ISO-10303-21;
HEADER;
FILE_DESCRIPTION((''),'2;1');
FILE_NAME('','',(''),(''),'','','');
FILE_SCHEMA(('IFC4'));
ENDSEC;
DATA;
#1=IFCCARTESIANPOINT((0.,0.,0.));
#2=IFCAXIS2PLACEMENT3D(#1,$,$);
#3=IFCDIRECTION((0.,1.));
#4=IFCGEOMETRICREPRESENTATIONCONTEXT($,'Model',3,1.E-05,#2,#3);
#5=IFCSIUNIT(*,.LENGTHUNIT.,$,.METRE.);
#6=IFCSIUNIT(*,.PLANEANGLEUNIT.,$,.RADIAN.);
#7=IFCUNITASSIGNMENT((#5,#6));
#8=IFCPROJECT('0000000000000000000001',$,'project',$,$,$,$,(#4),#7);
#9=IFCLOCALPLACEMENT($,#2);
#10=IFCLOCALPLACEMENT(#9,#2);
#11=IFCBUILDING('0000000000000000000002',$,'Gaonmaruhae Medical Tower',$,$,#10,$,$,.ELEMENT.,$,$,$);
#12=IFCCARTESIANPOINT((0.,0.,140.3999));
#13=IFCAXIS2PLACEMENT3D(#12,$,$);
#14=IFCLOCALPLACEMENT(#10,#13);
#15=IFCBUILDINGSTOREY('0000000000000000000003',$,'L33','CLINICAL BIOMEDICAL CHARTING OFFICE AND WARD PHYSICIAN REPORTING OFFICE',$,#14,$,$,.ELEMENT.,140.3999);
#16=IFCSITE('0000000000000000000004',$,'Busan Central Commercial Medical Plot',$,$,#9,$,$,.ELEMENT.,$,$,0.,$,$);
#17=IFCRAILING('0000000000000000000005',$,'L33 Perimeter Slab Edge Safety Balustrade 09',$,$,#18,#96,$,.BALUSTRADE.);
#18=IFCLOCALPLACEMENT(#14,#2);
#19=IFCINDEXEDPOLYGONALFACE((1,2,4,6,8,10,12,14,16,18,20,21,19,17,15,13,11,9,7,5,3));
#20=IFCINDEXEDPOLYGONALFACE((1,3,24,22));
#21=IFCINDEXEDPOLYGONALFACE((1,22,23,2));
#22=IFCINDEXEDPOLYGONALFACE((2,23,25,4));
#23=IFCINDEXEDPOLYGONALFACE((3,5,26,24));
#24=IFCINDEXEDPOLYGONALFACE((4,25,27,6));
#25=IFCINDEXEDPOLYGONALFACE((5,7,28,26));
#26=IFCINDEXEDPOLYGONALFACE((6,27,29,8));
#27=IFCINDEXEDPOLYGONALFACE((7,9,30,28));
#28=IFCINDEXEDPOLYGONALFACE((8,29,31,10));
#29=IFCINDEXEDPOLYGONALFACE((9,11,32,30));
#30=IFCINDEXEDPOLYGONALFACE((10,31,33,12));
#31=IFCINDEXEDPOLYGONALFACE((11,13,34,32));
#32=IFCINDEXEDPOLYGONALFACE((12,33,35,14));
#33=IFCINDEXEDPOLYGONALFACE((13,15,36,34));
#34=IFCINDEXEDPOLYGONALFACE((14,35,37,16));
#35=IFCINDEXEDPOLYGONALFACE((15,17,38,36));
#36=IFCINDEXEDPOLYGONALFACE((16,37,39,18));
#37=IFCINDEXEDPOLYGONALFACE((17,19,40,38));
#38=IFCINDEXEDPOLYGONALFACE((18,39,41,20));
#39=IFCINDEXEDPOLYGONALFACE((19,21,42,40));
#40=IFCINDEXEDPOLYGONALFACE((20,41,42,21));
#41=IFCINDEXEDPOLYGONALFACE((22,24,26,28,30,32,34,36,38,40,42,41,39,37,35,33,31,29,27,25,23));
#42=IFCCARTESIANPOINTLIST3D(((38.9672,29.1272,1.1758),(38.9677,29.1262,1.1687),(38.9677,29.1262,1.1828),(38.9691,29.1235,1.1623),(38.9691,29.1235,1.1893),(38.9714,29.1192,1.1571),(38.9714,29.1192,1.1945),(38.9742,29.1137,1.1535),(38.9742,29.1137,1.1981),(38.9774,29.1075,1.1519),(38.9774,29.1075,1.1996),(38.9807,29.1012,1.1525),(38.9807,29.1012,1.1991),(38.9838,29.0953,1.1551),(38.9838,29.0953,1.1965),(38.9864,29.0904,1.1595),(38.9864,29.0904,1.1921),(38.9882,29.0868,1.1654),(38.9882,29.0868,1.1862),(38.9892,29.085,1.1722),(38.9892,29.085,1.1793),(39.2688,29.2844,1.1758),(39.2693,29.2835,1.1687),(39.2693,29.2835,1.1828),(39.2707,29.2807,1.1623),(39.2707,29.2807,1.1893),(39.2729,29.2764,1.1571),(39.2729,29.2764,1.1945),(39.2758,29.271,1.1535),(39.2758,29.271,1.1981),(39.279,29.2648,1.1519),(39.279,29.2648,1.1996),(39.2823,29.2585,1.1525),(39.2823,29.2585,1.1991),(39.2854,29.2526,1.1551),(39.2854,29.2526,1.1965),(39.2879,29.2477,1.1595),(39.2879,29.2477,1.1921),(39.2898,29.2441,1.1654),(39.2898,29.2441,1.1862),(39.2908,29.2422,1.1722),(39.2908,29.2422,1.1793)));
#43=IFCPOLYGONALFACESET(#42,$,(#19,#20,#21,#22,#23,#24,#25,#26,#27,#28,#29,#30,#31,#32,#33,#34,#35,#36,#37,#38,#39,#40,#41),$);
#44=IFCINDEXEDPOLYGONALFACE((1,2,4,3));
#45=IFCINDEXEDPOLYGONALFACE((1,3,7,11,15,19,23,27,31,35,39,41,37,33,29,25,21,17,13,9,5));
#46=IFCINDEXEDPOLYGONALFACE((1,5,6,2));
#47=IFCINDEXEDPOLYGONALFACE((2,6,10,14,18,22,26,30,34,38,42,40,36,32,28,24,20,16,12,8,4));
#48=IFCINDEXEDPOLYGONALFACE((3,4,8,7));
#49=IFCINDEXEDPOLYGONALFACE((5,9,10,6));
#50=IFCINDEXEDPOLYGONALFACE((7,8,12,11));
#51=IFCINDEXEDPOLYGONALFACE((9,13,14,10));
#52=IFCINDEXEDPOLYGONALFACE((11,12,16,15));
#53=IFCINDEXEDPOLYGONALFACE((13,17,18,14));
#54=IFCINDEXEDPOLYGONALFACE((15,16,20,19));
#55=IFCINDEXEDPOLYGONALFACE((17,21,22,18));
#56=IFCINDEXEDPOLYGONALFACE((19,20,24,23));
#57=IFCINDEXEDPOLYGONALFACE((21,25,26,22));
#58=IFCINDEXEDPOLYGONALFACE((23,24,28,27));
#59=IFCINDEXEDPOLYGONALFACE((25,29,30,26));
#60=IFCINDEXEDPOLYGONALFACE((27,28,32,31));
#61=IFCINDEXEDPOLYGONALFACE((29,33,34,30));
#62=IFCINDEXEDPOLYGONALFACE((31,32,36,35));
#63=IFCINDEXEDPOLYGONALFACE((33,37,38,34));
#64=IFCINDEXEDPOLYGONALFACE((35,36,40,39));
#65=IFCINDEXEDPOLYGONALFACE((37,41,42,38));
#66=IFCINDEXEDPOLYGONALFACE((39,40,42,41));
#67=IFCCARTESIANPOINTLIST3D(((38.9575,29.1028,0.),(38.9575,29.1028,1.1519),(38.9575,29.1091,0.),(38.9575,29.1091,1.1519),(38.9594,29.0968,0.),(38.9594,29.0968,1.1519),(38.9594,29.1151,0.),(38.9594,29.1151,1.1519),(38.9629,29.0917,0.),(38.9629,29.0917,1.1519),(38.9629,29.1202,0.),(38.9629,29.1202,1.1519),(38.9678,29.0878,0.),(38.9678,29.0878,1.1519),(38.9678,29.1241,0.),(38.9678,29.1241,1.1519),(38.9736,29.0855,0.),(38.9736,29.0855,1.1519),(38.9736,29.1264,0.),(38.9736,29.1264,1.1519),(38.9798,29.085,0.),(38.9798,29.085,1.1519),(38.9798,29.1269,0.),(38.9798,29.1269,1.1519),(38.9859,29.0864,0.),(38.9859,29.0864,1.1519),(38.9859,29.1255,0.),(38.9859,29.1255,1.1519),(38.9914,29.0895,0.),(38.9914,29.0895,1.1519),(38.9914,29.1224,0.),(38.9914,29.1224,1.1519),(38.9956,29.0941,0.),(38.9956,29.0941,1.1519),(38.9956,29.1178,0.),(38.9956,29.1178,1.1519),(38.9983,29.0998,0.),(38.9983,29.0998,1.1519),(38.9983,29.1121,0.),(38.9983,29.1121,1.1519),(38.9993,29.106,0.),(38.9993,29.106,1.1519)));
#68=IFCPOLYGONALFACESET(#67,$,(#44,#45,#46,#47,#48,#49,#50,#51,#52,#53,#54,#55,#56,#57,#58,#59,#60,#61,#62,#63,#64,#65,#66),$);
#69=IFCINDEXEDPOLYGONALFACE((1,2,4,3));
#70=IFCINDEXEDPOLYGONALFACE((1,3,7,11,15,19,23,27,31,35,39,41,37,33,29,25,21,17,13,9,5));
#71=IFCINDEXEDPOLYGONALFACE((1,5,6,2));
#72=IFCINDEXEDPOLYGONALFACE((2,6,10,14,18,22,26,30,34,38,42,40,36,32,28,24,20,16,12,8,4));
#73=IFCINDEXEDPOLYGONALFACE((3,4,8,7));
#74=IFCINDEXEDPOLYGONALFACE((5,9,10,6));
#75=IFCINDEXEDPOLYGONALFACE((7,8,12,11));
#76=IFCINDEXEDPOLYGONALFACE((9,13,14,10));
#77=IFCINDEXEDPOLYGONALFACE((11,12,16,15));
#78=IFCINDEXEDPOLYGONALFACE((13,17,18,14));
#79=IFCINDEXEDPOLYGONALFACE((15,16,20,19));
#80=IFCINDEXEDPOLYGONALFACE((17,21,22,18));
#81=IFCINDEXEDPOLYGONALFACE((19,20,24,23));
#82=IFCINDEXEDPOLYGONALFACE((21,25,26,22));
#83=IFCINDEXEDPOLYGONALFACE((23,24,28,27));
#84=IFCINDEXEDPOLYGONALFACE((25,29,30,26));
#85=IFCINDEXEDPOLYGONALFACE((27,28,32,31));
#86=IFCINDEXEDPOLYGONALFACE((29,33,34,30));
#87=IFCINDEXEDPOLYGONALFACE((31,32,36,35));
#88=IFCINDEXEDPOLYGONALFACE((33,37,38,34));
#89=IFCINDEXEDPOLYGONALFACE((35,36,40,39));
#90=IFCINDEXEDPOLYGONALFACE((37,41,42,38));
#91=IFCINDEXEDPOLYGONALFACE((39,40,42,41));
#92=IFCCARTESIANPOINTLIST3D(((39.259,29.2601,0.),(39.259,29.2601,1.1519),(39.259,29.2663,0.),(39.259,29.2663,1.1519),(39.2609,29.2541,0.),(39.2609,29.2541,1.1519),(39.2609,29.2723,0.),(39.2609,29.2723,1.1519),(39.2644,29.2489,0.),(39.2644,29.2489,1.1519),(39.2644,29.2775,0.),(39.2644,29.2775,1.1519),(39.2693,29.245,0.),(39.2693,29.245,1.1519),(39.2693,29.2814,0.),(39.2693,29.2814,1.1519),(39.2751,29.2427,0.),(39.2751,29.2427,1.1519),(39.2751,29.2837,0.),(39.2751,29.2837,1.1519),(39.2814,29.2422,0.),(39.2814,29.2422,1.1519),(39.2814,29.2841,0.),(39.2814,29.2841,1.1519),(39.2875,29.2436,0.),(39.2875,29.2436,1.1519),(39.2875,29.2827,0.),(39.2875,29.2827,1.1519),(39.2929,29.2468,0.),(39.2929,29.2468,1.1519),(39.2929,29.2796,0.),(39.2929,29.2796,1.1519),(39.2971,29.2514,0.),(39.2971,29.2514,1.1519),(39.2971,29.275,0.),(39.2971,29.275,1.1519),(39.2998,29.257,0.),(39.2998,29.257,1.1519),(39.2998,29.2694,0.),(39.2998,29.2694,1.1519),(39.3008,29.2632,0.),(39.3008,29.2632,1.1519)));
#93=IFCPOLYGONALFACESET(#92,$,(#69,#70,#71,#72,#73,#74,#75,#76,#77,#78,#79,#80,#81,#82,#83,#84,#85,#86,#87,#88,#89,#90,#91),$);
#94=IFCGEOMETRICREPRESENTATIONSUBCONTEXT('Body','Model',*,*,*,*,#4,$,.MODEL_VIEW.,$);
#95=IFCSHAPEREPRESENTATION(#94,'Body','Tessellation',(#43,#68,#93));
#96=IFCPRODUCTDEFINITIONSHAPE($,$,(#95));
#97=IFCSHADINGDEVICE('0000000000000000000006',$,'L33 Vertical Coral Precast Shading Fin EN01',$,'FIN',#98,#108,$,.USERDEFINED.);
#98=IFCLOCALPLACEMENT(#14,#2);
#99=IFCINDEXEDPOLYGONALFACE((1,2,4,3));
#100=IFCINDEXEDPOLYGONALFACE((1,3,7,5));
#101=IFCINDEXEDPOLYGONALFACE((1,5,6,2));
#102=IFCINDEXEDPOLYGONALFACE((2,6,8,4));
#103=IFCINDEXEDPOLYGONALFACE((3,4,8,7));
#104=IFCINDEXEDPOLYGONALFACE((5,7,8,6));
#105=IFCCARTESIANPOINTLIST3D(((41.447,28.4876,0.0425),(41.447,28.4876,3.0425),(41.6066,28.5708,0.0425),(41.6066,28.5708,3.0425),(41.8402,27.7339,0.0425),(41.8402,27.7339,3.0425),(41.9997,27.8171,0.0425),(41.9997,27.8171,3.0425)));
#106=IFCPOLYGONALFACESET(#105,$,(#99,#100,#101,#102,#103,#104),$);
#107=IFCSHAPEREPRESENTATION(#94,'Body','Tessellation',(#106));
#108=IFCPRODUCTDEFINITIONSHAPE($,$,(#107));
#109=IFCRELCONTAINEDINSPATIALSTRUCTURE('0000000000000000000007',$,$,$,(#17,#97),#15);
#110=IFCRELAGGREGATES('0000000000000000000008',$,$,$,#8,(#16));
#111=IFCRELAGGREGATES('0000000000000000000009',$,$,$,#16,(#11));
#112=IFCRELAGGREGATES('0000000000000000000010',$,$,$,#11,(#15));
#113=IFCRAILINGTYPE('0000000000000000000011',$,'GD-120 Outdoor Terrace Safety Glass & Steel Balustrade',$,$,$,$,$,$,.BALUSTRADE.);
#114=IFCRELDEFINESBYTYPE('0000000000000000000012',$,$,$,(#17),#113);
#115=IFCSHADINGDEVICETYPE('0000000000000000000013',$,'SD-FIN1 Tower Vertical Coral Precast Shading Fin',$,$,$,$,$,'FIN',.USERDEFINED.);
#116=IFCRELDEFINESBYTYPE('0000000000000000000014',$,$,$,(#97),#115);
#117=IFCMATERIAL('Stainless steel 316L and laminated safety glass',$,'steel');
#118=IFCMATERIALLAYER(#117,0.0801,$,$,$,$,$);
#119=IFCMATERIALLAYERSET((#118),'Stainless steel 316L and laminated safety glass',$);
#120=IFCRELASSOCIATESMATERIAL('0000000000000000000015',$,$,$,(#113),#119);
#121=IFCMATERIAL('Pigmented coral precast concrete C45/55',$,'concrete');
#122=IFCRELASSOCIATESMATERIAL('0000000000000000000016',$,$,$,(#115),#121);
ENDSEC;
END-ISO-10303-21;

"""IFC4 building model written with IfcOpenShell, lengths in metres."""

from ifc_helpers import new_model, si_unit, direction, frame, origin, origin_2d, place, context, subcontext, project, spatial, rectangle, circle, extrude, material, layer, layer_set, type_object, element, save


model = new_model("IFC4")

# Units and contexts
model_context = context("Model", 3, precision=1e-05, world=origin(), true_north=direction((0.0, 1.0)))
body_context = subcontext(model_context, "Body", "Model", "MODEL_VIEW")
ifc_project = project(units=[si_unit("LENGTHUNIT", "METRE"), si_unit("PLANEANGLEUNIT", "RADIAN")], contexts=[model_context])

# Site, building, storey
site_placement = place(None, origin())
site = spatial("IfcSite", under=ifc_project, at=site_placement, Name="Busan Central Commercial Medical Plot", CompositionType="ELEMENT", RefElevation=0.0)
building_placement = place(site_placement, origin())
building = spatial("IfcBuilding", under=site, at=building_placement, Name="Gaonmaruhae Medical Tower", CompositionType="ELEMENT")
storey_placement = place(building_placement, frame((0.0, 0.0, 140.3999)))
storey = spatial("IfcBuildingStorey", under=building, at=storey_placement, Name="L33", Description="CLINICAL BIOMEDICAL CHARTING OFFICE AND WARD PHYSICIAN REPORTING OFFICE", CompositionType="ELEMENT", Elevation=140.3999)

# Railing
ifc_material_1 = material(Name="Stainless steel 316L and laminated safety glass", Category="steel")
ifc_layer_1 = layer(ifc_material_1, 0.0801)
ifc_layer_set_1 = layer_set([ifc_layer_1], Name="Stainless steel 316L and laminated safety glass")
railing_type = type_object("IfcRailingType", Name="GD-120 Outdoor Terrace Safety Glass & Steel Balustrade", PredefinedType="BALUSTRADE", material=ifc_layer_set_1)
railing_placement = place(storey_placement, frame((38.9783, 29.106, 0.0)))
element("IfcRailing", 1, at=railing_placement, inside=storey, type_object=railing_type, Name="L33 Perimeter Slab Edge Safety Balustrade 09", PredefinedType="BALUSTRADE", context=body_context, shape_type="SweptSolid", body=[
    extrude(circle(Radius=0.0239, at=origin_2d()), frame((0.0, 0.0, 1.1758), z_axis=(0.886687, 0.46237, 0.0), x_axis=(-0.46237, 0.886687, 0.0)), (0.0, 0.0, 1.0), 0.3401),
    extrude(circle(Radius=0.021, at=origin_2d()), origin(), (0.0, 0.0, 1.0), 1.1519),
    extrude(circle(Radius=0.021, at=origin_2d()), frame((0.3015, 0.1572, 0.0)), (0.0, 0.0, 1.0), 1.1519),
])

# Shading device
ifc_material_2 = material(Name="Pigmented coral precast concrete C45/55", Category="concrete")
shading_device_type = type_object("IfcShadingDeviceType", Name="SD-FIN1 Tower Vertical Coral Precast Shading Fin", ElementType="FIN", PredefinedType="USERDEFINED", material=ifc_material_2)
shading_device_placement = place(storey_placement, frame((41.7234, 28.1523, 0.0425), z_axis=(0.0, 0.0, 1.0), x_axis=(0.886608, 0.462523, 0.0)))
element("IfcShadingDevice", 2, at=shading_device_placement, inside=storey, type_object=shading_device_type, Name="L33 Vertical Coral Precast Shading Fin EN01", ObjectType="FIN", PredefinedType="USERDEFINED", context=body_context, shape_type="SweptSolid", body=[
    extrude(rectangle(XDim=0.1799, YDim=0.8501, at=origin_2d()), origin(), (0.0, 0.0, 1.0), 3.0),
])

save(model, "model.ifc")
